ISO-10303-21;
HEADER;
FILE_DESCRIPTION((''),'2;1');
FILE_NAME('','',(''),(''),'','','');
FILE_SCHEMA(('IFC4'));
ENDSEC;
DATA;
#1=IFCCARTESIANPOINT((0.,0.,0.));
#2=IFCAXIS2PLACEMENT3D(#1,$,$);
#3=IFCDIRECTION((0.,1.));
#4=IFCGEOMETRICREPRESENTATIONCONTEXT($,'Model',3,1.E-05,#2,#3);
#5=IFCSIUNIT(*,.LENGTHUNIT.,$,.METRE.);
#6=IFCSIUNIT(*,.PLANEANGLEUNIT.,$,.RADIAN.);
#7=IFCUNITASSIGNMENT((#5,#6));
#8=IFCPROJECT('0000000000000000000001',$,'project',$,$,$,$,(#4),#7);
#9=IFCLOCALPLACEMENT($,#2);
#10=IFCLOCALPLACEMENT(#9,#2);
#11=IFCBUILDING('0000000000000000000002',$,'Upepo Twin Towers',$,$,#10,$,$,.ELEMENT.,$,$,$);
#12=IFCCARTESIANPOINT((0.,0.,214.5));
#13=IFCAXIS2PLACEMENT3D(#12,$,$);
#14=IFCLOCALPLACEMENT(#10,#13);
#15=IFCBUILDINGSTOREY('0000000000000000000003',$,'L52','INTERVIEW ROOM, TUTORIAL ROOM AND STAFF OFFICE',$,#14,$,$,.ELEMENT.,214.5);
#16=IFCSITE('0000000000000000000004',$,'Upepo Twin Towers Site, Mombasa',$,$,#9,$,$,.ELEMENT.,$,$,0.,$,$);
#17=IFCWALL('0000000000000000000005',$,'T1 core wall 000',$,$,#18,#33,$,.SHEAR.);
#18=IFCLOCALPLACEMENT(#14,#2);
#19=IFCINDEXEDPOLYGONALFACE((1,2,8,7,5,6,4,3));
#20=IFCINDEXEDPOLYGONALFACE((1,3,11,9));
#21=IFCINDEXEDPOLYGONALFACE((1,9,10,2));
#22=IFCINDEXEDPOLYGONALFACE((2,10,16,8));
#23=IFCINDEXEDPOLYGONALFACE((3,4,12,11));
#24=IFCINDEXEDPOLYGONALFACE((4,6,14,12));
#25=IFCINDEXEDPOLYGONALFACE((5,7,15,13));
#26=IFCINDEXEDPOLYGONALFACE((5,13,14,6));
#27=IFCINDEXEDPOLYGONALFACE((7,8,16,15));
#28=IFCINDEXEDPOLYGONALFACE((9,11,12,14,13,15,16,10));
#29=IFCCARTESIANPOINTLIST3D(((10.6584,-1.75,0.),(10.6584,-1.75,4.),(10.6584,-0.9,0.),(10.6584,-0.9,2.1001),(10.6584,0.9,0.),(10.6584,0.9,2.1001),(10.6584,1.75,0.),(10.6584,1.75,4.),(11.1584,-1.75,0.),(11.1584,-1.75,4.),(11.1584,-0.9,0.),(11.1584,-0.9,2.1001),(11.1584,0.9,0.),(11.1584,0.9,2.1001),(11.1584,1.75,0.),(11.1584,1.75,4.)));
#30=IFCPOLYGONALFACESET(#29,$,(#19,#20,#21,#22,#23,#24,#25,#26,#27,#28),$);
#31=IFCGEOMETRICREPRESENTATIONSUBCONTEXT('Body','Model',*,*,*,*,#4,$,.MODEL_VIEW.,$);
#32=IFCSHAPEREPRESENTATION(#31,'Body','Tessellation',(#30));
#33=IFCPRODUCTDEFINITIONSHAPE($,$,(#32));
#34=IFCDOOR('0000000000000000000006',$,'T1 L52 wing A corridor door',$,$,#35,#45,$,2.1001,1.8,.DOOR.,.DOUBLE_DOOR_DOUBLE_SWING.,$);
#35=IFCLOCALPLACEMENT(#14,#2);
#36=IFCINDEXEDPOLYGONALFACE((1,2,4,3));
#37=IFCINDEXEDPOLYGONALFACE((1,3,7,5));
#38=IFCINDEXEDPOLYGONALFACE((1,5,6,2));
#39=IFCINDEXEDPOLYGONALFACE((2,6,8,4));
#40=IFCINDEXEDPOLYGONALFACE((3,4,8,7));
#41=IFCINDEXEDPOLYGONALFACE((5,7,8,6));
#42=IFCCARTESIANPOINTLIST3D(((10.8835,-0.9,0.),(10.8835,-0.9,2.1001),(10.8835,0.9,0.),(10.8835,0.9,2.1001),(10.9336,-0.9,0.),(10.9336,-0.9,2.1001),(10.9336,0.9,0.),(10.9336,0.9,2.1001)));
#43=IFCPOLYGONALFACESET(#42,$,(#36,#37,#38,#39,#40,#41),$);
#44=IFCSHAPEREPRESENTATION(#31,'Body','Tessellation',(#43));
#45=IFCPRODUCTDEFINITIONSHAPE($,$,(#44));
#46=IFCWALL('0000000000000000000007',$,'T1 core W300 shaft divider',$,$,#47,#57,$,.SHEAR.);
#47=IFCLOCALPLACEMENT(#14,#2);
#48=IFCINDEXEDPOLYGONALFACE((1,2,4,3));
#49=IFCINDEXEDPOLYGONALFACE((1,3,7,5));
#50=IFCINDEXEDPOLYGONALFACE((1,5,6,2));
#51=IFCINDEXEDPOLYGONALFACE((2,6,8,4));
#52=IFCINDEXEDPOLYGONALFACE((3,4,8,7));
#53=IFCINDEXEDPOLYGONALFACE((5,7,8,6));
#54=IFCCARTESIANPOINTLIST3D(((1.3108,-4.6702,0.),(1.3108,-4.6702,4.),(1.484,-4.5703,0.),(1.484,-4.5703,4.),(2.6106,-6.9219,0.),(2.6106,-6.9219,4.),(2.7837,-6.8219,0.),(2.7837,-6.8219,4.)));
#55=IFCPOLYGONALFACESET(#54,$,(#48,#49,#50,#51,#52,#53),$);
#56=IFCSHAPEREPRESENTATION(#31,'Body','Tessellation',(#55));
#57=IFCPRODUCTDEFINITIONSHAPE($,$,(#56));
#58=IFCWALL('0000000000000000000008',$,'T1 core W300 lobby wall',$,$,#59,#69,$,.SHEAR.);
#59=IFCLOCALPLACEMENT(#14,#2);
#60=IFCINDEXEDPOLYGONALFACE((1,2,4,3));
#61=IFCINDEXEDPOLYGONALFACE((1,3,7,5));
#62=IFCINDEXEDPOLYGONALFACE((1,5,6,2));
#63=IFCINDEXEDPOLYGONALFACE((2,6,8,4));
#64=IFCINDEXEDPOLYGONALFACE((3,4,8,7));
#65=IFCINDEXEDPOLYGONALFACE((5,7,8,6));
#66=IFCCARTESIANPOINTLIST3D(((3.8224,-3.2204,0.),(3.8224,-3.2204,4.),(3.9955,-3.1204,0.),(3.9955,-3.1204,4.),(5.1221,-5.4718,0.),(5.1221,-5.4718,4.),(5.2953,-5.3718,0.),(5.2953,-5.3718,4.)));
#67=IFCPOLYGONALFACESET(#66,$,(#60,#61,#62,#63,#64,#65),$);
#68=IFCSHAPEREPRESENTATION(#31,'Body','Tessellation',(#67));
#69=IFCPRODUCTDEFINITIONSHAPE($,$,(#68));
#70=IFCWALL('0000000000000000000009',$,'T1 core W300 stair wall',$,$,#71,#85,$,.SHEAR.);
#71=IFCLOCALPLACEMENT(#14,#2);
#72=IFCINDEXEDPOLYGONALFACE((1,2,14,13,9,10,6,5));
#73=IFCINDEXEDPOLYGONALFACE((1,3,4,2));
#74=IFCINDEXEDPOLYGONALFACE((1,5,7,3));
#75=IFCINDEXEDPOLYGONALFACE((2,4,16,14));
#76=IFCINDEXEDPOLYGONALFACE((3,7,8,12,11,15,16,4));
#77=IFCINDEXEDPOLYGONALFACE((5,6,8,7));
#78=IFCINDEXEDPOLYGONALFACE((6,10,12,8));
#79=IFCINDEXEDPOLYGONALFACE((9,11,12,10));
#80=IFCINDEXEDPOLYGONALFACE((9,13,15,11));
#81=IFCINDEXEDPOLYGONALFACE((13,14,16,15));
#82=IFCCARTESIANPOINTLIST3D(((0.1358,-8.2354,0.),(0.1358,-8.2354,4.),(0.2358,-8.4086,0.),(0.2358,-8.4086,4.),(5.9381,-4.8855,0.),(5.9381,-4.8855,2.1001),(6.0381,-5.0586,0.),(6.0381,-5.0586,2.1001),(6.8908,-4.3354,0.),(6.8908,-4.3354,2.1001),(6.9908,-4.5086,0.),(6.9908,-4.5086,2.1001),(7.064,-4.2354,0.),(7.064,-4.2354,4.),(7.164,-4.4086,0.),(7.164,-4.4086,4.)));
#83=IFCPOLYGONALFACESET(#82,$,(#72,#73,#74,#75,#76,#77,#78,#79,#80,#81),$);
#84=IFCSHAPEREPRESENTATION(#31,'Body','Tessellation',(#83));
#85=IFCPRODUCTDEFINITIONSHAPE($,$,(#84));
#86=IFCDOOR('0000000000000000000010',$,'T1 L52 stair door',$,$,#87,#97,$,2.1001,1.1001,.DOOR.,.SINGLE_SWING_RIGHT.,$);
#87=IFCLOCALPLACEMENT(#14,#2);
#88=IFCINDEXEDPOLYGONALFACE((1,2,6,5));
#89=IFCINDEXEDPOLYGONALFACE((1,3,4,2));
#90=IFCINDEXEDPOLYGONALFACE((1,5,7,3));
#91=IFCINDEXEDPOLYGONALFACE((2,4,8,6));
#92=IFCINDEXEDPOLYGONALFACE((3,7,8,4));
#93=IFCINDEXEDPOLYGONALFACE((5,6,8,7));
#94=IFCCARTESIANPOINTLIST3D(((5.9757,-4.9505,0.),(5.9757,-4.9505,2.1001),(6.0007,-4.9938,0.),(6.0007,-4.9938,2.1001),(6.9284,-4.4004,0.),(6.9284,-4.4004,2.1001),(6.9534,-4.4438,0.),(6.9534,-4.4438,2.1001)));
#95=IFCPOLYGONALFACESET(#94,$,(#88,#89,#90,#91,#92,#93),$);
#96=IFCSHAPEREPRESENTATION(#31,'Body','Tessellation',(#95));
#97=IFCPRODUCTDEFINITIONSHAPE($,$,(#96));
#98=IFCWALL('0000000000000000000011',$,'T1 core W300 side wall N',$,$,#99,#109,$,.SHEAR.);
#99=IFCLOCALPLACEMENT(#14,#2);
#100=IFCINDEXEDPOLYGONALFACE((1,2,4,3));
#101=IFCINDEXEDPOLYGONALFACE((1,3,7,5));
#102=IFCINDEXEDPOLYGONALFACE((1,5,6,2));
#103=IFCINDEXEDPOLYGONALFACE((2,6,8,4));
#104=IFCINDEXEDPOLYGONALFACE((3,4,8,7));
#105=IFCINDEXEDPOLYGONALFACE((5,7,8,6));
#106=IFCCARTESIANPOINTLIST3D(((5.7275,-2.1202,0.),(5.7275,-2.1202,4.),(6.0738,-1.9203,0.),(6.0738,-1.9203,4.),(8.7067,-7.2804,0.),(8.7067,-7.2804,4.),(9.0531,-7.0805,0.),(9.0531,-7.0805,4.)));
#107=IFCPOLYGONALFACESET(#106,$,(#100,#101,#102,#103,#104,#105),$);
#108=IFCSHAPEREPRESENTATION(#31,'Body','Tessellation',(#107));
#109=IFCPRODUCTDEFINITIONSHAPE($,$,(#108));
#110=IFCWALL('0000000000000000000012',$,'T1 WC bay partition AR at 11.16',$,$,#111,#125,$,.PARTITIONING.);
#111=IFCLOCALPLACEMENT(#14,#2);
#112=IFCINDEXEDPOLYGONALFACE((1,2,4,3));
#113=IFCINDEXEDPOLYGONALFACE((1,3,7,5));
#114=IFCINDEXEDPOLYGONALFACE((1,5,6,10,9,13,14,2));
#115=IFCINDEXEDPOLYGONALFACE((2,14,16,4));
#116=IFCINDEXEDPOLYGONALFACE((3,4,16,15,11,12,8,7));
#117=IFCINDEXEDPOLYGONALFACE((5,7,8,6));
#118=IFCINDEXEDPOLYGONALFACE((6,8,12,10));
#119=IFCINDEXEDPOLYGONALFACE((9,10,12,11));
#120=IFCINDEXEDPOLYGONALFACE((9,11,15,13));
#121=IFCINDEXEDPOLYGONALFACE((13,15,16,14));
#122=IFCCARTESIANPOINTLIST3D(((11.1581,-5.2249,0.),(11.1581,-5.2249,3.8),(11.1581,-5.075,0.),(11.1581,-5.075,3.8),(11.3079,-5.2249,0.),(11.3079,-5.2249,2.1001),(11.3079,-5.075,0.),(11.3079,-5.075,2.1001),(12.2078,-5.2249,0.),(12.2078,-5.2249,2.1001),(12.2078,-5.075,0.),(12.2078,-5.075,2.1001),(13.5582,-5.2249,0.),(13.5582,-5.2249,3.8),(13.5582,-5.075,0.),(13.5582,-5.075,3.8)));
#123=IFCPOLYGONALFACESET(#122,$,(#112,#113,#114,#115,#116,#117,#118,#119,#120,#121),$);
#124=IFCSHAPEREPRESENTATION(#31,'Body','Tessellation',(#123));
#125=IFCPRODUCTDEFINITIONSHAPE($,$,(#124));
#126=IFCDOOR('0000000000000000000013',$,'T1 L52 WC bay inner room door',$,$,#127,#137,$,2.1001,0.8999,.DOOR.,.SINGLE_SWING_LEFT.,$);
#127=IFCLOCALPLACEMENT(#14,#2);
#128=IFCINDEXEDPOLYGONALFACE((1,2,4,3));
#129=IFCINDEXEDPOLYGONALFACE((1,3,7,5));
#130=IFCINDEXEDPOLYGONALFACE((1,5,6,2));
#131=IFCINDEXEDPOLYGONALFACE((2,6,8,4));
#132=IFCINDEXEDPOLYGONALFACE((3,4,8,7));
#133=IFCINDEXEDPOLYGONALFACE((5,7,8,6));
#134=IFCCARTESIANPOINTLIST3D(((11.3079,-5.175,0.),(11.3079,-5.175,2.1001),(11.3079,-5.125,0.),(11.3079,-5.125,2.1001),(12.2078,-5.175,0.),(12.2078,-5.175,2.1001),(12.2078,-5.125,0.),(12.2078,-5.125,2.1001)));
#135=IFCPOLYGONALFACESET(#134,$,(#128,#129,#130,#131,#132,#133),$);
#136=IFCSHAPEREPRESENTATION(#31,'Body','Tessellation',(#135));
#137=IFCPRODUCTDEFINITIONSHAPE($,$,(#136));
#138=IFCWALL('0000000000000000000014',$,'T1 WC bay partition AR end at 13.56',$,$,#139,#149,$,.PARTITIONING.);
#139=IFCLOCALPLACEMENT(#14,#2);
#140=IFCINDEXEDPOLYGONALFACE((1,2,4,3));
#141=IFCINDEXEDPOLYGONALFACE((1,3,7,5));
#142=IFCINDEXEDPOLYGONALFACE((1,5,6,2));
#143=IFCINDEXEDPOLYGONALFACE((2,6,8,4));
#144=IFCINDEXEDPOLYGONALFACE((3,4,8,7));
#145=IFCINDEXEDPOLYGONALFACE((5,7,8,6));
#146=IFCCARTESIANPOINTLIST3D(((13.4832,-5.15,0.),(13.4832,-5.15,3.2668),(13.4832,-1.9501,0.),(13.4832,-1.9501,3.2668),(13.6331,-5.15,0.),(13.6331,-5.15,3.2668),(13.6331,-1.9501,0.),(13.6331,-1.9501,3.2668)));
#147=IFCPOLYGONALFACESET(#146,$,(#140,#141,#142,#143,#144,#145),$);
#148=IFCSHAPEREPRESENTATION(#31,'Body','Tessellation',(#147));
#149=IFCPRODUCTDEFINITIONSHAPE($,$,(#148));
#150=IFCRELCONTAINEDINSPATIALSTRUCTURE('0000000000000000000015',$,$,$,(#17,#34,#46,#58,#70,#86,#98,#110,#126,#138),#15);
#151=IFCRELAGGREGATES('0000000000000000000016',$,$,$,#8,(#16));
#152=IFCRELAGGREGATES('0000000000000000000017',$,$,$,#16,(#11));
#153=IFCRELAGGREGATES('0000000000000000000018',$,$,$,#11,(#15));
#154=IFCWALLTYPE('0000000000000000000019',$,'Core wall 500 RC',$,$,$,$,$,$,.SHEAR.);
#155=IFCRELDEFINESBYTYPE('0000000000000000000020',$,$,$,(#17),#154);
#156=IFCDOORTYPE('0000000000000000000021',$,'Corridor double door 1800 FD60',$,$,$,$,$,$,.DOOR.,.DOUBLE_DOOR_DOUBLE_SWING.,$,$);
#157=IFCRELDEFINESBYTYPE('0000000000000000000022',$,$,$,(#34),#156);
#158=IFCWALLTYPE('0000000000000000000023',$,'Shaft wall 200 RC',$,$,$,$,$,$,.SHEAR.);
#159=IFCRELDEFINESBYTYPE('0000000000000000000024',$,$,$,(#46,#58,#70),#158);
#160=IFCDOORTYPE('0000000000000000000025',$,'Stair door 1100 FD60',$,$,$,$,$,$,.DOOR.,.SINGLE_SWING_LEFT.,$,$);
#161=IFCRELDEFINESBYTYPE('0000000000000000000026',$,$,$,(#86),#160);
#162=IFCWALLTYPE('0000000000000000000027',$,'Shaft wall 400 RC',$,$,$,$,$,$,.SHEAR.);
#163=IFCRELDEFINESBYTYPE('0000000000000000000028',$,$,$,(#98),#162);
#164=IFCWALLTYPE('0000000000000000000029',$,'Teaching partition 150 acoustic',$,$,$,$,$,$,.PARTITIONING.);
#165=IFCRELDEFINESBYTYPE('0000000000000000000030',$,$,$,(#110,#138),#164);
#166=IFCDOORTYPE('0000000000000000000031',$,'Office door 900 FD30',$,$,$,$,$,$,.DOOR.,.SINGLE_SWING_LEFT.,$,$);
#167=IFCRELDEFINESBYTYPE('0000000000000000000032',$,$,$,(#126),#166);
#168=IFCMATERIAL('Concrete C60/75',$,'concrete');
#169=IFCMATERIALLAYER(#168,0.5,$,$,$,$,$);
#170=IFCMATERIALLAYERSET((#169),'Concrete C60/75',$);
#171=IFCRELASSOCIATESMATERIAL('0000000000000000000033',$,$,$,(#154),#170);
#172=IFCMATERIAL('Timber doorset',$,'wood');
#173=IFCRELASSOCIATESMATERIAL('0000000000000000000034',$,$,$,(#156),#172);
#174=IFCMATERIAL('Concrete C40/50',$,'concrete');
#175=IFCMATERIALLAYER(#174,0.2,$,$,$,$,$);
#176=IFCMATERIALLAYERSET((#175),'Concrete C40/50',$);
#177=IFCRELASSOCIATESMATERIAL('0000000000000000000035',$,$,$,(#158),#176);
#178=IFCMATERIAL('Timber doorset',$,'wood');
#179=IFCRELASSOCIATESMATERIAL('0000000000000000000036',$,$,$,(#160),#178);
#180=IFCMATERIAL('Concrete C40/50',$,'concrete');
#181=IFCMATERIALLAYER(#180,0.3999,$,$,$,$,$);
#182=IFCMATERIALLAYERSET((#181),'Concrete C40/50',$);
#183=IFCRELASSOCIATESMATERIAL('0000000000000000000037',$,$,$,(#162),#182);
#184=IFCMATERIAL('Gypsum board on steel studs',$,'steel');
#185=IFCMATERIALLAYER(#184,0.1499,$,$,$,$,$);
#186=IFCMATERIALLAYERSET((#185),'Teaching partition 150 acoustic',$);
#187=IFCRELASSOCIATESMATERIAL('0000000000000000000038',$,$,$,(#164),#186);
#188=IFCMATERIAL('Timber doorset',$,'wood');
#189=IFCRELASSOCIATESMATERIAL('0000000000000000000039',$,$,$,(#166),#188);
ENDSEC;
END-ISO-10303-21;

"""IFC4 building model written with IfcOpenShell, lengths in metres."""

from ifc_helpers import new_model, si_unit, direction, frame, frame_2d, origin, place, context, subcontext, project, spatial, rectangle, extrude, material, layer, layer_set, type_object, element, fill, save


model = new_model("IFC4")

# Units and contexts
model_context = context("Model", 3, precision=1e-05, world=origin(), true_north=direction((0.0, 1.0)))
body_context = subcontext(model_context, "Body", "Model", "MODEL_VIEW")
ifc_project = project(units=[si_unit("LENGTHUNIT", "METRE"), si_unit("PLANEANGLEUNIT", "RADIAN")], contexts=[model_context])

# Site, building, storey
site_placement = place(None, origin())
site = spatial("IfcSite", under=ifc_project, at=site_placement, Name="Upepo Twin Towers Site, Mombasa", CompositionType="ELEMENT", RefElevation=0.0)
building_placement = place(site_placement, origin())
building = spatial("IfcBuilding", under=site, at=building_placement, Name="Upepo Twin Towers", CompositionType="ELEMENT")
storey_placement = place(building_placement, frame((0.0, 0.0, 214.5)))
storey = spatial("IfcBuildingStorey", under=building, at=storey_placement, Name="L52", Description="INTERVIEW ROOM, TUTORIAL ROOM AND STAFF OFFICE", CompositionType="ELEMENT", Elevation=214.5)

# Shared definitions
ifc_material_1 = material(Name="Concrete C60/75", Category="concrete")
ifc_layer_1 = layer(ifc_material_1, 0.5)
ifc_layer_set_1 = layer_set([ifc_layer_1], Name="Concrete C60/75")
wall_type_1 = type_object("IfcWallType", Name="Core wall 500 RC", PredefinedType="SHEAR", material=ifc_layer_set_1)

# Wall, opening, door
wall_1_placement = place(storey_placement, frame((10.9084, -1.75, 0.0), z_axis=(0.0, 0.0, 1.0), x_axis=(0.0, 1.0, 0.0)))
wall_1 = element("IfcWall", 1, at=wall_1_placement, inside=storey, type_object=wall_type_1, Name="T1 core wall 000", PredefinedType="SHEAR", context=body_context, shape_type="SweptSolid", body=[
    extrude(rectangle(XDim=3.5, YDim=0.5, at=frame_2d((1.75, 0.0))), origin(), (0.0, 0.0, 1.0), 4.0),
])
opening_1_placement = place(wall_1_placement, frame((0.8501, 0.0, 0.0)))
opening_1 = element("IfcOpeningElement", 2, at=opening_1_placement, cuts=wall_1, PredefinedType="OPENING", context=body_context, shape_type="SweptSolid", body=[
    extrude(rectangle(XDim=1.8, YDim=2.1001, at=frame_2d((0.8999, 1.05))), frame((0.0, 0.26, 0.0), z_axis=(0.0, -1.0, 0.0), x_axis=(1.0, 0.0, 0.0)), (0.0, 0.0, 1.0), 0.52),
])
ifc_material_2 = material(Name="Timber doorset", Category="wood")
door_type_1 = type_object("IfcDoorType", Name="Corridor double door 1800 FD60", OperationType="DOUBLE_DOOR_DOUBLE_SWING", PredefinedType="DOOR", material=ifc_material_2)
door_1_placement = place(opening_1_placement, origin())
door_1 = element("IfcDoor", 3, at=door_1_placement, inside=storey, type_object=door_type_1, Name="T1 L52 wing A corridor door", OperationType="DOUBLE_DOOR_DOUBLE_SWING", OverallHeight=2.1001, OverallWidth=1.8, PredefinedType="DOOR", context=body_context, shape_type="SweptSolid", body=[
    extrude(rectangle(XDim=1.8, YDim=2.1001, at=frame_2d((0.8999, 1.05))), frame((0.0, 0.0249, 0.0), z_axis=(0.0, -1.0, 0.0), x_axis=(1.0, 0.0, 0.0)), (0.0, 0.0, 1.0), 0.05),
])
fill(opening_1, door_1)

# Walls
ifc_material_3 = material(Name="Concrete C40/50", Category="concrete")
ifc_layer_2 = layer(ifc_material_3, 0.2)
ifc_layer_set_2 = layer_set([ifc_layer_2], Name="Concrete C40/50")
wall_type_2 = type_object("IfcWallType", Name="Shaft wall 200 RC", PredefinedType="SHEAR", material=ifc_layer_set_2)
wall_2_placement = place(storey_placement, frame((1.3975, -4.6204, 0.0), z_axis=(0.0, 0.0, 1.0), x_axis=(0.499937, -0.866062, 0.0)))
element("IfcWall", 4, at=wall_2_placement, inside=storey, type_object=wall_type_2, Name="T1 core W300 shaft divider", PredefinedType="SHEAR", context=body_context, shape_type="SweptSolid", body=[
    extrude(rectangle(XDim=2.5999, YDim=0.2, at=frame_2d((1.2998, 0.0))), origin(), (0.0, 0.0, 1.0), 4.0),
])
wall_3_placement = place(storey_placement, frame((3.9089, -3.1704, 0.0), z_axis=(0.0, 0.0, 1.0), x_axis=(0.499977, -0.866039, 0.0)))
element("IfcWall", 5, at=wall_3_placement, inside=storey, type_object=wall_type_2, Name="T1 core W300 lobby wall", PredefinedType="SHEAR", context=body_context, shape_type="SweptSolid", body=[
    extrude(rectangle(XDim=2.5996, YDim=0.2, at=frame_2d((1.2998, 0.0))), origin(), (0.0, 0.0, 1.0), 4.0),
])

# Wall, opening, door
wall_4_placement = place(storey_placement, frame((0.1858, -8.322, 0.0), z_axis=(0.0, 0.0, 1.0), x_axis=(0.866026, 0.499999, 0.0)))
wall_4 = element("IfcWall", 6, at=wall_4_placement, inside=storey, type_object=wall_type_2, Name="T1 core W300 stair wall", PredefinedType="SHEAR", context=body_context, shape_type="SweptSolid", body=[
    extrude(rectangle(XDim=8.0, YDim=0.2, at=frame_2d((4.0, 0.0))), origin(), (0.0, 0.0, 1.0), 4.0),
])
opening_2_placement = place(wall_4_placement, frame((6.7, 0.0, 0.0)))
opening_2 = element("IfcOpeningElement", 7, at=opening_2_placement, cuts=wall_4, PredefinedType="OPENING", context=body_context, shape_type="SweptSolid", body=[
    extrude(rectangle(XDim=1.1001, YDim=2.1001, at=frame_2d((0.55, 1.05))), frame((0.0, 0.1099, 0.0), z_axis=(0.0, -1.0, 0.0), x_axis=(1.0, 0.0, 0.0)), (0.0, 0.0, 1.0), 0.22),
])
ifc_material_4 = material(Name="Timber doorset", Category="wood")
door_type_2 = type_object("IfcDoorType", Name="Stair door 1100 FD60", OperationType="SINGLE_SWING_LEFT", PredefinedType="DOOR", material=ifc_material_4)
door_2_placement = place(opening_2_placement, origin())
door_2 = element("IfcDoor", 8, at=door_2_placement, inside=storey, type_object=door_type_2, Name="T1 L52 stair door", OperationType="SINGLE_SWING_RIGHT", OverallHeight=2.1001, OverallWidth=1.1001, PredefinedType="DOOR", context=body_context, shape_type="SweptSolid", body=[
    extrude(rectangle(XDim=1.1001, YDim=2.1001, at=frame_2d((0.55, 1.05))), frame((0.0, 0.0249, 0.0), z_axis=(0.0, -1.0, 0.0), x_axis=(1.0, 0.0, 0.0)), (0.0, 0.0, 1.0), 0.05),
])
fill(opening_2, door_2)

# Wall
ifc_material_5 = material(Name="Concrete C40/50", Category="concrete")
ifc_layer_3 = layer(ifc_material_5, 0.3999)
ifc_layer_set_3 = layer_set([ifc_layer_3], Name="Concrete C40/50")
wall_type_3 = type_object("IfcWallType", Name="Shaft wall 400 RC", PredefinedType="SHEAR", material=ifc_layer_set_3)
wall_5_placement = place(storey_placement, frame((5.9006, -2.0203, 0.0), z_axis=(0.0, 0.0, 1.0), x_axis=(0.500004, -0.866023, 0.0)))
element("IfcWall", 9, at=wall_5_placement, inside=storey, type_object=wall_type_3, Name="T1 core W300 side wall N", PredefinedType="SHEAR", context=body_context, shape_type="SweptSolid", body=[
    extrude(rectangle(XDim=5.9585, YDim=0.3999, at=frame_2d((2.9792, 0.0))), origin(), (0.0, 0.0, 1.0), 4.0),
])

# Wall, opening, door
ifc_material_6 = material(Name="Gypsum board on steel studs", Category="steel")
ifc_layer_4 = layer(ifc_material_6, 0.1499)
ifc_layer_set_4 = layer_set([ifc_layer_4], Name="Teaching partition 150 acoustic")
wall_type_4 = type_object("IfcWallType", Name="Teaching partition 150 acoustic", PredefinedType="PARTITIONING", material=ifc_layer_set_4)
wall_6_placement = place(storey_placement, frame((11.158, -5.1499, 0.0), z_axis=(0.0, 0.0, 1.0), x_axis=(1.0, 0.0, 0.0)))
wall_6 = element("IfcWall", 10, at=wall_6_placement, inside=storey, type_object=wall_type_4, Name="T1 WC bay partition AR at 11.16", PredefinedType="PARTITIONING", context=body_context, shape_type="SweptSolid", body=[
    extrude(rectangle(XDim=2.4001, YDim=0.1499, at=frame_2d((1.2002, 0.0))), origin(), (0.0, 0.0, 1.0), 3.8),
])
opening_3_placement = place(wall_6_placement, frame((0.1499, 0.0, 0.0)))
opening_3 = element("IfcOpeningElement", 11, at=opening_3_placement, cuts=wall_6, PredefinedType="OPENING", context=body_context, shape_type="SweptSolid", body=[
    extrude(rectangle(XDim=0.8999, YDim=2.1001, at=frame_2d((0.45, 1.05))), frame((0.0, 0.085, 0.0), z_axis=(0.0, -1.0, 0.0), x_axis=(1.0, 0.0, 0.0)), (0.0, 0.0, 1.0), 0.1699),
])
ifc_material_7 = material(Name="Timber doorset", Category="wood")
door_type_3 = type_object("IfcDoorType", Name="Office door 900 FD30", OperationType="SINGLE_SWING_LEFT", PredefinedType="DOOR", material=ifc_material_7)
door_3_placement = place(opening_3_placement, origin())
door_3 = element("IfcDoor", 12, at=door_3_placement, inside=storey, type_object=door_type_3, Name="T1 L52 WC bay inner room door", OperationType="SINGLE_SWING_LEFT", OverallHeight=2.1001, OverallWidth=0.8999, PredefinedType="DOOR", context=body_context, shape_type="SweptSolid", body=[
    extrude(rectangle(XDim=0.8999, YDim=2.1001, at=frame_2d((0.45, 1.05))), frame((0.0, 0.0249, 0.0), z_axis=(0.0, -1.0, 0.0), x_axis=(1.0, 0.0, 0.0)), (0.0, 0.0, 1.0), 0.05),
])
fill(opening_3, door_3)

# Wall
wall_7_placement = place(storey_placement, frame((13.5581, -1.95, 0.0), z_axis=(0.0, 0.0, 1.0), x_axis=(0.0, -1.0, 0.0)))
element("IfcWall", 13, at=wall_7_placement, inside=storey, type_object=wall_type_4, Name="T1 WC bay partition AR end at 13.56", PredefinedType="PARTITIONING", context=body_context, shape_type="SweptSolid", body=[
    extrude(rectangle(XDim=3.2, YDim=0.1499, at=frame_2d((1.6001, 0.0))), origin(), (0.0, 0.0, 1.0), 3.2668),
])

save(model, "model.ifc")
